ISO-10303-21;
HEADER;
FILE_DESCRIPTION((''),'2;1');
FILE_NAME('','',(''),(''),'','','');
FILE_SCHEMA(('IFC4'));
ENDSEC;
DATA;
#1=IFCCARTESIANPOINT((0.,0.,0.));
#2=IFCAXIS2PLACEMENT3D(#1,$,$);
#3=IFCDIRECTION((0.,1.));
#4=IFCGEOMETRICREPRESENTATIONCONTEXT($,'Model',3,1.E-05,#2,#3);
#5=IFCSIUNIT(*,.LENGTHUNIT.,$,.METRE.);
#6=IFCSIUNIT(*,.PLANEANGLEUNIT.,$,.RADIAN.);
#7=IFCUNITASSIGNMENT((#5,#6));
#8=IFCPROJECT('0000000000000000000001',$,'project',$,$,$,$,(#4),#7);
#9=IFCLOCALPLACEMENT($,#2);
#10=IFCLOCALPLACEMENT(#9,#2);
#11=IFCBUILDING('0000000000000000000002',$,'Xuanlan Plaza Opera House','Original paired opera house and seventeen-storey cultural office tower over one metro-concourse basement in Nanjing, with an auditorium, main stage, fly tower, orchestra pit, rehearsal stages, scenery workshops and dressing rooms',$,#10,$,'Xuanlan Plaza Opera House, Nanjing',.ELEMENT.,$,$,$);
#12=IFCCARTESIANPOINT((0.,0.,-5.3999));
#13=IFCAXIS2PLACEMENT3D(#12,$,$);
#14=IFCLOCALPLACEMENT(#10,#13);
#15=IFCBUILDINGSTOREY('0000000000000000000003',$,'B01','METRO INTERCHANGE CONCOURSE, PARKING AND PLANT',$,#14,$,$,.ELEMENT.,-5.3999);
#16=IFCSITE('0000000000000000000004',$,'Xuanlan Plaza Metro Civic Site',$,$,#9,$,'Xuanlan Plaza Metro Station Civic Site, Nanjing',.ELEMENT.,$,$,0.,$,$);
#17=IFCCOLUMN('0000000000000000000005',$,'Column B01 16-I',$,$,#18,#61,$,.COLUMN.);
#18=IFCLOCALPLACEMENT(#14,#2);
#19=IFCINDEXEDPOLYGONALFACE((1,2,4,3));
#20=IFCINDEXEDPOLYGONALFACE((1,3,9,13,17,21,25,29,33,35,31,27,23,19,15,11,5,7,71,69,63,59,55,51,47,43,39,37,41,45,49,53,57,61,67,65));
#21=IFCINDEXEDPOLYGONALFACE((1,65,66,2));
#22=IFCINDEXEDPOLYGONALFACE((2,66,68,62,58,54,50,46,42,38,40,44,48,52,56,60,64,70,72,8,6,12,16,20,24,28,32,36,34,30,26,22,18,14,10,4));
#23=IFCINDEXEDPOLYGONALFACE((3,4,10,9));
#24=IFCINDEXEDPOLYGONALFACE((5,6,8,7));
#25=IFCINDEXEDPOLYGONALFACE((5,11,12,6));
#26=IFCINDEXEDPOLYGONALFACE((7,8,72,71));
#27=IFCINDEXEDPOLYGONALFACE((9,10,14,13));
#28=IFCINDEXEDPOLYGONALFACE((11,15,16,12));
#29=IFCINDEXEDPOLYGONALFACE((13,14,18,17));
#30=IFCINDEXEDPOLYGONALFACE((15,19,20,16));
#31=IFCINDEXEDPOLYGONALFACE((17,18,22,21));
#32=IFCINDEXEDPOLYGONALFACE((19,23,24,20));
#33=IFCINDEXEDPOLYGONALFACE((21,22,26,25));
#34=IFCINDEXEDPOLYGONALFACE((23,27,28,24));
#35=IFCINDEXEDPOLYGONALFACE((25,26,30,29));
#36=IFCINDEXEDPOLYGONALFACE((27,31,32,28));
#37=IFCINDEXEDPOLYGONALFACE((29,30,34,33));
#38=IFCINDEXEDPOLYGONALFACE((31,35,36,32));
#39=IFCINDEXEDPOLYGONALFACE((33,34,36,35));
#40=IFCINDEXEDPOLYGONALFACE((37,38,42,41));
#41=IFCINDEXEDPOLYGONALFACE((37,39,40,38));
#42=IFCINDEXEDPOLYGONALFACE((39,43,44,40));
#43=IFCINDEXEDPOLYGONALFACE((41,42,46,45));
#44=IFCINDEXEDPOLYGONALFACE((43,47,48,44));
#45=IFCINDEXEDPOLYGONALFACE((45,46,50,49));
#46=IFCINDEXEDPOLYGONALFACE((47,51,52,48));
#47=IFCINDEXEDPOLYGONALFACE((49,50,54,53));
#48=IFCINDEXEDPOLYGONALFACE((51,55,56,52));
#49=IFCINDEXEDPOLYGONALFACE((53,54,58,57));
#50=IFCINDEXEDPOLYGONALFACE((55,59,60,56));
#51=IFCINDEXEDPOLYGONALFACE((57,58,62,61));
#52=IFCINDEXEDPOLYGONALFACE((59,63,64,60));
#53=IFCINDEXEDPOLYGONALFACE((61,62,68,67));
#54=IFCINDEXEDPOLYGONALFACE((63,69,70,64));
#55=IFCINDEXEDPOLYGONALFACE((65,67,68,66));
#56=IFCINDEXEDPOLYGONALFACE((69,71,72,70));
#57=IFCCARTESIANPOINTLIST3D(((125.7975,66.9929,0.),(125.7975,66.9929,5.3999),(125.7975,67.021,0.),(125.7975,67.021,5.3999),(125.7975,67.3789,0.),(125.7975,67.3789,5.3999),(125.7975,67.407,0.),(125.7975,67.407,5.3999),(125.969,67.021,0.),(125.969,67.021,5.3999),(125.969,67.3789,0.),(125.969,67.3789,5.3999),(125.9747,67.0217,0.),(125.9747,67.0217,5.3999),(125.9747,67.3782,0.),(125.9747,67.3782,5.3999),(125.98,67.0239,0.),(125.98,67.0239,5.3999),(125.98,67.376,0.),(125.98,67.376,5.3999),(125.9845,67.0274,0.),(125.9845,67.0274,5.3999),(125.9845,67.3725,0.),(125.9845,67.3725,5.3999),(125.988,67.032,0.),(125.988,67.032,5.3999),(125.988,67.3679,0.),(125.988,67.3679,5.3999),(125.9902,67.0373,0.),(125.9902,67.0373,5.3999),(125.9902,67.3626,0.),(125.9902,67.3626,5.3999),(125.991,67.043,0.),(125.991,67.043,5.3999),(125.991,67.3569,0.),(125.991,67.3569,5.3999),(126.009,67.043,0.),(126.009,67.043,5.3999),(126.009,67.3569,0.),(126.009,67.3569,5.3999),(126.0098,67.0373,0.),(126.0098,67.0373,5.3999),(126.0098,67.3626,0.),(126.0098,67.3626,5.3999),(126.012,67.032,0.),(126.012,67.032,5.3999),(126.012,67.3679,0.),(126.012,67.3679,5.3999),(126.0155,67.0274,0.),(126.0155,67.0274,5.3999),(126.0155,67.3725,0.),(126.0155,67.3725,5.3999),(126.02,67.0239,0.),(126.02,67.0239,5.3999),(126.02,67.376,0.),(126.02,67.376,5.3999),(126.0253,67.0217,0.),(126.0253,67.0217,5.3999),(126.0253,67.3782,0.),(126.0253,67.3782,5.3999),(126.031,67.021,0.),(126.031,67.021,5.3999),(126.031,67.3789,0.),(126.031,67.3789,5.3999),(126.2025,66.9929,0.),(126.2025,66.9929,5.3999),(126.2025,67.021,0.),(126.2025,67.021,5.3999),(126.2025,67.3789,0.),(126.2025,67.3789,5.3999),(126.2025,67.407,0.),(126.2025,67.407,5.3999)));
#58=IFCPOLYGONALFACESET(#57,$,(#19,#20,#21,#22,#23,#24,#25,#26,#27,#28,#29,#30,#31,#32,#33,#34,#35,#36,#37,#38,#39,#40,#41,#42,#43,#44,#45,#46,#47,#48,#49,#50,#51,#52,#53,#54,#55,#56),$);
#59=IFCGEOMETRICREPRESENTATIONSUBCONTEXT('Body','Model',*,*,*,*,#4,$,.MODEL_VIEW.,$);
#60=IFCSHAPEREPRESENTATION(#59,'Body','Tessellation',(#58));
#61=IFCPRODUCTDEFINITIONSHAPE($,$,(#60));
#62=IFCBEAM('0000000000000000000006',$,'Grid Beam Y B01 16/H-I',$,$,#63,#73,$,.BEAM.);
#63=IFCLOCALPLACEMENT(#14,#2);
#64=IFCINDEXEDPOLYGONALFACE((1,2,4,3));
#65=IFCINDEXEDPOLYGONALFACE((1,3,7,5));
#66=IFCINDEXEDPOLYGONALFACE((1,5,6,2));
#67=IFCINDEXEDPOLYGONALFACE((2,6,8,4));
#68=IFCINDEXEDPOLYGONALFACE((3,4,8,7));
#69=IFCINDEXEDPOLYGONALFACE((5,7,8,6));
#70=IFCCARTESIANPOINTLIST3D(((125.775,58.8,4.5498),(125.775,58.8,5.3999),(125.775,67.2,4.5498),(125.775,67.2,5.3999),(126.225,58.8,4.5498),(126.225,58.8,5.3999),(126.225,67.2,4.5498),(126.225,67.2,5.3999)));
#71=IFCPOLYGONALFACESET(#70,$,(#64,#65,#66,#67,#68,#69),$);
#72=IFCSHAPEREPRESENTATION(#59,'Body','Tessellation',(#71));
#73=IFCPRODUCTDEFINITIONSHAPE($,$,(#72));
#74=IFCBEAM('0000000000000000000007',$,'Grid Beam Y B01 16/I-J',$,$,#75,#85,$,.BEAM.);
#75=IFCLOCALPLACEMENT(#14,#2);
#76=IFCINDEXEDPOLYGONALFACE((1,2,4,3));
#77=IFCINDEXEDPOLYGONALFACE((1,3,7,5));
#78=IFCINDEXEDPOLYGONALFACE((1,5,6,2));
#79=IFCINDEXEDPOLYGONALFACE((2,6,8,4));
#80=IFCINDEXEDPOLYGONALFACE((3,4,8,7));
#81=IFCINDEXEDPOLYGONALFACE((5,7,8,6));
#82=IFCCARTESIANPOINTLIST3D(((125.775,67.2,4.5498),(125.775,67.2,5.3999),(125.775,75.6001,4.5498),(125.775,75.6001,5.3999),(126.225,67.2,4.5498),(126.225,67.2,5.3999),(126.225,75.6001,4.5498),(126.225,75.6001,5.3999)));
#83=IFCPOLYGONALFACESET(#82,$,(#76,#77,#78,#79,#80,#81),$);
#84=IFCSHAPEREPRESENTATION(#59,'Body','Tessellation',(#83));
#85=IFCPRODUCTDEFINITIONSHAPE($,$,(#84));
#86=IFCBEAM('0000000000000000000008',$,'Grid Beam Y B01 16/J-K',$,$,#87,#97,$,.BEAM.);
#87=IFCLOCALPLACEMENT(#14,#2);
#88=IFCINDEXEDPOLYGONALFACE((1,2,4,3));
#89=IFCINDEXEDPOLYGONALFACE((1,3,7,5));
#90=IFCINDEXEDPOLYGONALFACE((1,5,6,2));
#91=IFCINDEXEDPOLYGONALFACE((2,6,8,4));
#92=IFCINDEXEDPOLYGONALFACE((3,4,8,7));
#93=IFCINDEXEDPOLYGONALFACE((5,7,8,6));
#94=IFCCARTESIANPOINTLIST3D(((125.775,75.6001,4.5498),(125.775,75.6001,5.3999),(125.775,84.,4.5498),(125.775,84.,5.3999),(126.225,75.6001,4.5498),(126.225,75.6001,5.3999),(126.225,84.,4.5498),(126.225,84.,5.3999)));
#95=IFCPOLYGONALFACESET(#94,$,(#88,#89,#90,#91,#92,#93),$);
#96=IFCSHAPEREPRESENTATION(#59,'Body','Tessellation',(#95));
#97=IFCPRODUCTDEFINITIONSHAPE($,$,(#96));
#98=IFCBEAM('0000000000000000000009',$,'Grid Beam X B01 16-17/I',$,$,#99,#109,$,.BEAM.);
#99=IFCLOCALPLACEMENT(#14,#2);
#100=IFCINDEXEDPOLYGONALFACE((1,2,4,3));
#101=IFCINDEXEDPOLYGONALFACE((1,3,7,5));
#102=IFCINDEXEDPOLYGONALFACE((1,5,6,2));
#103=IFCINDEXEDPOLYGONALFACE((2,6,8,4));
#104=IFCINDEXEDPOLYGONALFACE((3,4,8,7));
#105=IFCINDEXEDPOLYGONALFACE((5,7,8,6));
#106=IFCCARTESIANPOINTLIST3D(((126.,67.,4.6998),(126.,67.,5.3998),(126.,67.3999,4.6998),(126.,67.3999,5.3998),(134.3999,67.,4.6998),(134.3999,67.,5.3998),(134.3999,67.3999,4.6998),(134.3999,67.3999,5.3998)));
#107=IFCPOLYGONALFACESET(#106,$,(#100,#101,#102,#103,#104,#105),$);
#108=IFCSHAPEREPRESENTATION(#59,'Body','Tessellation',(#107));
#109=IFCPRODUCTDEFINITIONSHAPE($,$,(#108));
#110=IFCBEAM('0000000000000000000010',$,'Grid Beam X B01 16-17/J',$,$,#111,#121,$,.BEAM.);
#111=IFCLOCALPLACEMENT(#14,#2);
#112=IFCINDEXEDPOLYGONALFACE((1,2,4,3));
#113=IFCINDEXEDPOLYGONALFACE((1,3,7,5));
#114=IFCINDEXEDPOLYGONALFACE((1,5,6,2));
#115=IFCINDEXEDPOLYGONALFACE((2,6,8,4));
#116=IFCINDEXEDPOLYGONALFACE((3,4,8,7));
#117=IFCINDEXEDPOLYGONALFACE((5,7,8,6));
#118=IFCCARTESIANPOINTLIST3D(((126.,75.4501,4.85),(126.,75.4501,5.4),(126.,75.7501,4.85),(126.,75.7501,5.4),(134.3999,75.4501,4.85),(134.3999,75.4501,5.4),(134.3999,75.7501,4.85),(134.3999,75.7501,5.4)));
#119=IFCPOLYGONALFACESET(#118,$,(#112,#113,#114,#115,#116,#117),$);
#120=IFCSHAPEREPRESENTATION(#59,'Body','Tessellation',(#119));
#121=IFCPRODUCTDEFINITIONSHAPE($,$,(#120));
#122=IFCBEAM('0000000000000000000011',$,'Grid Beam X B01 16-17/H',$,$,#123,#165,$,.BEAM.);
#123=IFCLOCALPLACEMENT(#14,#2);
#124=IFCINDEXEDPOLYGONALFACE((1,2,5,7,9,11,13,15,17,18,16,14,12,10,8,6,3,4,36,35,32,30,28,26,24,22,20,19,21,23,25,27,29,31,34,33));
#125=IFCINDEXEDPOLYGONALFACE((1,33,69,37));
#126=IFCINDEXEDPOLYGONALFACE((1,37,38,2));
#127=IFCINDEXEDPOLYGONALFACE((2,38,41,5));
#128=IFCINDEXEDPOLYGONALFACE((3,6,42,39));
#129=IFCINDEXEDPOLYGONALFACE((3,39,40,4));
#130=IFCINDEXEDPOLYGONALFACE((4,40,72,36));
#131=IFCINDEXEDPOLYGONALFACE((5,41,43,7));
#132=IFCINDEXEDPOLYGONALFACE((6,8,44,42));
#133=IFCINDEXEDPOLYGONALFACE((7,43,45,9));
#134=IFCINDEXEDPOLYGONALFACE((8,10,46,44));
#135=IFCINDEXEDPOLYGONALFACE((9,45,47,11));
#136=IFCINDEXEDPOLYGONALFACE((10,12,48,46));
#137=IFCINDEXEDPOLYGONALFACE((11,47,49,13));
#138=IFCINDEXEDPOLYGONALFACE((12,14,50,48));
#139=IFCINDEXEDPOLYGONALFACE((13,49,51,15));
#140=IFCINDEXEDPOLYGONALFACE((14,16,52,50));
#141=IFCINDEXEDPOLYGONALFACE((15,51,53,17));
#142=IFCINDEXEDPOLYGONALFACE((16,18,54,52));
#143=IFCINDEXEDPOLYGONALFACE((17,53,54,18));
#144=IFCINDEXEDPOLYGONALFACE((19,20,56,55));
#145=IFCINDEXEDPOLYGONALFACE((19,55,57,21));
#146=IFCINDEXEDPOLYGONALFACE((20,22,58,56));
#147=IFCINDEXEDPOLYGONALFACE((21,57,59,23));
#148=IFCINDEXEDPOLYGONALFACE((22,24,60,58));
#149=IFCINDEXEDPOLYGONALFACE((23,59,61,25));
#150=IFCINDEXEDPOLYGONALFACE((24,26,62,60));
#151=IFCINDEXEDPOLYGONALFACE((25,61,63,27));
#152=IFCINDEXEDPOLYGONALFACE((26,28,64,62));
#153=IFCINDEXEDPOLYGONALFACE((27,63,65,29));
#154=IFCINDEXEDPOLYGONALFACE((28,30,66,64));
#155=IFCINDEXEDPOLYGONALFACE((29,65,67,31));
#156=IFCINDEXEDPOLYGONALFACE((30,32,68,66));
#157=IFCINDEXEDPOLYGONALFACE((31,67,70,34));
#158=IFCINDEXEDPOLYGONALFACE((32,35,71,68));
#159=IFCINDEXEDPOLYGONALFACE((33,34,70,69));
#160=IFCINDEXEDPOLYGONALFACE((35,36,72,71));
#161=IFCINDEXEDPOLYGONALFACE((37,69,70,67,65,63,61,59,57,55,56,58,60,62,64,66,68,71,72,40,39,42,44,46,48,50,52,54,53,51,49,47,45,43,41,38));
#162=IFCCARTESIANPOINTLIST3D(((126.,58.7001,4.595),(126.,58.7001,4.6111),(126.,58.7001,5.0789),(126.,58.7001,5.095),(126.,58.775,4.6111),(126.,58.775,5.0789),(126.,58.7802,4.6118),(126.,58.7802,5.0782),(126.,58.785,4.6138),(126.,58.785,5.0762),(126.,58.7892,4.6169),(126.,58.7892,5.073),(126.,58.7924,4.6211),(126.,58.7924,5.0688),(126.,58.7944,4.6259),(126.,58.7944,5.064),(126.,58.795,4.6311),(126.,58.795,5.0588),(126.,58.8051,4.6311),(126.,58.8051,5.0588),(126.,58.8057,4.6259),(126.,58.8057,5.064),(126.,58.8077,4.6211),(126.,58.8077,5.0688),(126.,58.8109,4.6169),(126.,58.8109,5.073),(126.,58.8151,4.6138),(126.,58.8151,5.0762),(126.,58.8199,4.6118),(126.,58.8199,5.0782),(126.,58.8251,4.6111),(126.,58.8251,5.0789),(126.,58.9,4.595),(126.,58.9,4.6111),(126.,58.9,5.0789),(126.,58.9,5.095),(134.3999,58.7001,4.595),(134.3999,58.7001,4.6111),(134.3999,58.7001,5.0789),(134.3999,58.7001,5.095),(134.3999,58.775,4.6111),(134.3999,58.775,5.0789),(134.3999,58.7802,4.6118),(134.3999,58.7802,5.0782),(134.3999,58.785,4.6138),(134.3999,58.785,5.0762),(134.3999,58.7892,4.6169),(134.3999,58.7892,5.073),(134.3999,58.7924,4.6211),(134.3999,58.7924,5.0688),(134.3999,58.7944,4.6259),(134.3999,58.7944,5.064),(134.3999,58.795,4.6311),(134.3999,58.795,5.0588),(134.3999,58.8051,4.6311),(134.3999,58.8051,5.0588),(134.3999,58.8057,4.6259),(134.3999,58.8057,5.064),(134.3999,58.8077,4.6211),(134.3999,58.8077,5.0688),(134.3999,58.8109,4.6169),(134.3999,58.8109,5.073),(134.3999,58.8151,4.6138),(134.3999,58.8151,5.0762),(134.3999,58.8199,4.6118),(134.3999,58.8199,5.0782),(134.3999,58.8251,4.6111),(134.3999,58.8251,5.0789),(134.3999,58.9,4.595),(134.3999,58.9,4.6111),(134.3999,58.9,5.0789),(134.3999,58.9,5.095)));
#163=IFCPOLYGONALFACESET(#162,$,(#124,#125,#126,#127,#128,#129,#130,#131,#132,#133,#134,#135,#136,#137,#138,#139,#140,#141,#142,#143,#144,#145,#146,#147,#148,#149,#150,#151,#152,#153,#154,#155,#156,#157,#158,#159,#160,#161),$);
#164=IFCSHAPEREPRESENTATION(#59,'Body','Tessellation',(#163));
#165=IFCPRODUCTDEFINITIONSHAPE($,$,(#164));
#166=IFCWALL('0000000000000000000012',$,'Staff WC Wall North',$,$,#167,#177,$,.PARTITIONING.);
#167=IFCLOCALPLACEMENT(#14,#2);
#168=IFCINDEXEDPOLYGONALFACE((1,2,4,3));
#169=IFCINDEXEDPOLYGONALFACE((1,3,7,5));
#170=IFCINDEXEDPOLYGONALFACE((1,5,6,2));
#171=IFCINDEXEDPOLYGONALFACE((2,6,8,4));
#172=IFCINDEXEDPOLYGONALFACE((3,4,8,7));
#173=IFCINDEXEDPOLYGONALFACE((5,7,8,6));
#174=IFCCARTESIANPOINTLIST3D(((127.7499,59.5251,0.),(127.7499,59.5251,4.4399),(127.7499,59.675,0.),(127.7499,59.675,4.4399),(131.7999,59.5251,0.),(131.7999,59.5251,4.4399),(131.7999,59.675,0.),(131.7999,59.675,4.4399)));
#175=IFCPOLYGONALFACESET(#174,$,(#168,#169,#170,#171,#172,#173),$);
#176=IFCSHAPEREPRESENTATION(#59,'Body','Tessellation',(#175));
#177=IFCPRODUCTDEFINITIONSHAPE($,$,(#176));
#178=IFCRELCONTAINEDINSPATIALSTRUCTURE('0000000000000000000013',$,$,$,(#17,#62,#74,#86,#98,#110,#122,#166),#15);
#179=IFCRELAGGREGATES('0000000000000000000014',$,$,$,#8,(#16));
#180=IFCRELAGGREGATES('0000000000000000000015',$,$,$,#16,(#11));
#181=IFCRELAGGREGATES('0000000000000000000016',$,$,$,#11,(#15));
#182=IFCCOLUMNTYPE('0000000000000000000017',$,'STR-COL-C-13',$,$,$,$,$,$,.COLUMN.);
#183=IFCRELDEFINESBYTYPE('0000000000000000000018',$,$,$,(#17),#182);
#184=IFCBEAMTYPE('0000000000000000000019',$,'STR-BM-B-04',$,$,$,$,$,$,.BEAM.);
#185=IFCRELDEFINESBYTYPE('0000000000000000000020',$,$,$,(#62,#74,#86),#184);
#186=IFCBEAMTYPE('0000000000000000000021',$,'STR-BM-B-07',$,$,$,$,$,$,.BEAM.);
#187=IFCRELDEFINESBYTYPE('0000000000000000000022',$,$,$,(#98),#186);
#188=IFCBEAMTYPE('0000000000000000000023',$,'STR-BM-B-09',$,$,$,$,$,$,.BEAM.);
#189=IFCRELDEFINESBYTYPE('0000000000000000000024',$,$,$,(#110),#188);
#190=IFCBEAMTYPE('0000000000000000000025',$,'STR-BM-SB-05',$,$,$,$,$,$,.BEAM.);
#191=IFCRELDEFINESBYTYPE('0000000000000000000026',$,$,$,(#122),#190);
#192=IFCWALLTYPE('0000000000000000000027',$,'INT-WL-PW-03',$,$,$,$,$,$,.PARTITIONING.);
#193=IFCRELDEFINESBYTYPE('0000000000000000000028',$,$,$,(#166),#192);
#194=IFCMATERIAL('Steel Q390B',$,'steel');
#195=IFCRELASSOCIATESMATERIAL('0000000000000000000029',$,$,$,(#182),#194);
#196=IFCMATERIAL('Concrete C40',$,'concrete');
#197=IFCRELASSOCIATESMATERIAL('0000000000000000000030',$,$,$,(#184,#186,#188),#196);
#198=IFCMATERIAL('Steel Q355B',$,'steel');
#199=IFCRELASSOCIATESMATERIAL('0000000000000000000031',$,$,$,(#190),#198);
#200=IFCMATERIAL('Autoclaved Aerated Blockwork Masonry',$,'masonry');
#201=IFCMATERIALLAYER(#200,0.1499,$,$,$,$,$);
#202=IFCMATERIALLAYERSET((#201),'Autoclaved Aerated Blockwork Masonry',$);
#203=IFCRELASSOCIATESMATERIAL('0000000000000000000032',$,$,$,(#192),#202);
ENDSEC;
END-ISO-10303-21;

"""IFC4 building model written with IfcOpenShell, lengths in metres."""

from ifc_helpers import new_model, si_unit, direction, frame, frame_2d, origin, origin_2d, place, context, subcontext, project, spatial, rectangle, i_section, extrude, material, layer, layer_set, material_profile, profile_set, type_object, element, save


model = new_model("IFC4")

# Units and contexts
model_context = context("Model", 3, precision=1e-05, world=origin(), true_north=direction((0.0, 1.0)))
body_context = subcontext(model_context, "Body", "Model", "MODEL_VIEW")
ifc_project = project(units=[si_unit("LENGTHUNIT", "METRE"), si_unit("PLANEANGLEUNIT", "RADIAN")], contexts=[model_context])

# Site, building, storey
site_placement = place(None, origin())
site = spatial("IfcSite", under=ifc_project, at=site_placement, Name="Xuanlan Plaza Metro Civic Site", LongName="Xuanlan Plaza Metro Station Civic Site, Nanjing", CompositionType="ELEMENT", RefElevation=0.0)
building_placement = place(site_placement, origin())
building = spatial("IfcBuilding", under=site, at=building_placement, Name="Xuanlan Plaza Opera House", Description="Original paired opera house and seventeen-storey cultural office tower over one metro-concourse basement in Nanjing, with an auditorium, main stage, fly tower, orchestra pit, rehearsal stages, scenery workshops and dressing rooms", LongName="Xuanlan Plaza Opera House, Nanjing", CompositionType="ELEMENT")
storey_placement = place(building_placement, frame((0.0, 0.0, -5.3999)))
storey = spatial("IfcBuildingStorey", under=building, at=storey_placement, Name="B01", Description="METRO INTERCHANGE CONCOURSE, PARKING AND PLANT", CompositionType="ELEMENT", Elevation=-5.3999)

# Shared definitions
ifc_material_1 = material(Name="Concrete C40", Category="concrete")

# Column
ifc_material_2 = material(Name="Steel Q390B", Category="steel")
ifc_material_profile_1 = material_profile(ifc_material_2, i_section(OverallWidth=0.405, OverallDepth=0.4141, WebThickness=0.0181, FlangeThickness=0.0281, FilletRadius=0.022, at=origin_2d()), Name="HW 414x405x18x28")
ifc_profile_set_1 = profile_set([ifc_material_profile_1], Name="Steel Q390B")
column_type_1 = type_object("IfcColumnType", Name="STR-COL-C-13", PredefinedType="COLUMN", material=ifc_profile_set_1)
column_placement = place(storey_placement, frame((126.0, 67.2, 0.0), z_axis=(0.0, 0.0, 1.0), x_axis=(1.0, 0.0, 0.0)))
element("IfcColumn", 1, at=column_placement, inside=storey, type_object=column_type_1, Name="Column B01 16-I", PredefinedType="COLUMN", context=body_context, shape_type="SweptSolid", body=[
    extrude(i_section(OverallWidth=0.405, OverallDepth=0.4141, WebThickness=0.0181, FlangeThickness=0.0281, FilletRadius=0.022, at=origin_2d()), origin(), (0.0, 0.0, 1.0), 5.3999),
])

# Beams
ifc_material_profile_2 = material_profile(ifc_material_1, rectangle(XDim=0.45, YDim=0.8501, at=origin_2d()), Name="RC-BM 450x850")
ifc_profile_set_2 = profile_set([ifc_material_profile_2], Name="Concrete C40")
beam_type_1 = type_object("IfcBeamType", Name="STR-BM-B-04", PredefinedType="BEAM", material=ifc_profile_set_2)
beam_1_placement = place(storey_placement, frame((126.0, 58.8, 4.9749), z_axis=(0.0, 1.0, 0.0), x_axis=(-1.0, 0.0, 0.0)))
element("IfcBeam", 2, at=beam_1_placement, inside=storey, type_object=beam_type_1, Name="Grid Beam Y B01 16/H-I", PredefinedType="BEAM", context=body_context, shape_type="SweptSolid", body=[
    extrude(rectangle(XDim=0.45, YDim=0.8501, at=origin_2d()), origin(), (0.0, 0.0, 1.0), 8.3999),
])
beam_2_placement = place(storey_placement, frame((126.0, 67.2, 4.9749), z_axis=(0.0, 1.0, 0.0), x_axis=(-1.0, 0.0, 0.0)))
element("IfcBeam", 3, at=beam_2_placement, inside=storey, type_object=beam_type_1, Name="Grid Beam Y B01 16/I-J", PredefinedType="BEAM", context=body_context, shape_type="SweptSolid", body=[
    extrude(rectangle(XDim=0.45, YDim=0.8501, at=origin_2d()), origin(), (0.0, 0.0, 1.0), 8.4001),
])
beam_3_placement = place(storey_placement, frame((126.0, 75.6001, 4.9749), z_axis=(0.0, 1.0, 0.0), x_axis=(-1.0, 0.0, 0.0)))
element("IfcBeam", 4, at=beam_3_placement, inside=storey, type_object=beam_type_1, Name="Grid Beam Y B01 16/J-K", PredefinedType="BEAM", context=body_context, shape_type="SweptSolid", body=[
    extrude(rectangle(XDim=0.45, YDim=0.8501, at=origin_2d()), origin(), (0.0, 0.0, 1.0), 8.3999),
])
ifc_material_profile_3 = material_profile(ifc_material_1, rectangle(XDim=0.3999, YDim=0.7, at=origin_2d()), Name="RC-BM 400x700")
ifc_profile_set_3 = profile_set([ifc_material_profile_3], Name="Concrete C40")
beam_type_2 = type_object("IfcBeamType", Name="STR-BM-B-07", PredefinedType="BEAM", material=ifc_profile_set_3)
beam_4_placement = place(storey_placement, frame((126.0, 67.2, 5.0498), z_axis=(1.0, 0.0, 0.0), x_axis=(0.0, 1.0, 0.0)))
element("IfcBeam", 5, at=beam_4_placement, inside=storey, type_object=beam_type_2, Name="Grid Beam X B01 16-17/I", PredefinedType="BEAM", context=body_context, shape_type="SweptSolid", body=[
    extrude(rectangle(XDim=0.3999, YDim=0.7, at=origin_2d()), origin(), (0.0, 0.0, 1.0), 8.3999),
])
ifc_material_profile_4 = material_profile(ifc_material_1, rectangle(XDim=0.3, YDim=0.55, at=origin_2d()), Name="RC-BM 300x550")
ifc_profile_set_4 = profile_set([ifc_material_profile_4], Name="Concrete C40")
beam_type_3 = type_object("IfcBeamType", Name="STR-BM-B-09", PredefinedType="BEAM", material=ifc_profile_set_4)
beam_5_placement = place(storey_placement, frame((126.0, 75.6001, 5.125), z_axis=(1.0, 0.0, 0.0), x_axis=(0.0, 1.0, 0.0)))
element("IfcBeam", 6, at=beam_5_placement, inside=storey, type_object=beam_type_3, Name="Grid Beam X B01 16-17/J", PredefinedType="BEAM", context=body_context, shape_type="SweptSolid", body=[
    extrude(rectangle(XDim=0.3, YDim=0.55, at=origin_2d()), origin(), (0.0, 0.0, 1.0), 8.3999),
])
ifc_material_3 = material(Name="Steel Q355B", Category="steel")
ifc_material_profile_5 = material_profile(ifc_material_3, i_section(OverallWidth=0.2, OverallDepth=0.5, WebThickness=0.01, FlangeThickness=0.0161, FilletRadius=0.02, at=origin_2d()), Name="HN 500x200x10x16")
ifc_profile_set_5 = profile_set([ifc_material_profile_5], Name="Steel Q355B")
beam_type_4 = type_object("IfcBeamType", Name="STR-BM-SB-05", PredefinedType="BEAM", material=ifc_profile_set_5)
beam_6_placement = place(storey_placement, frame((126.0, 58.8, 4.845), z_axis=(1.0, 0.0, 0.0), x_axis=(0.0, 1.0, 0.0)))
element("IfcBeam", 7, at=beam_6_placement, inside=storey, type_object=beam_type_4, Name="Grid Beam X B01 16-17/H", PredefinedType="BEAM", context=body_context, shape_type="SweptSolid", body=[
    extrude(i_section(OverallWidth=0.2, OverallDepth=0.5, WebThickness=0.01, FlangeThickness=0.0161, FilletRadius=0.02, at=origin_2d()), origin(), (0.0, 0.0, 1.0), 8.3999),
])

# Wall
ifc_material_4 = material(Name="Autoclaved Aerated Blockwork Masonry", Category="masonry")
ifc_layer_1 = layer(ifc_material_4, 0.1499)
ifc_layer_set_1 = layer_set([ifc_layer_1], Name="Autoclaved Aerated Blockwork Masonry")
wall_type_1 = type_object("IfcWallType", Name="INT-WL-PW-03", PredefinedType="PARTITIONING", material=ifc_layer_set_1)
wall_1_placement = place(storey_placement, frame((127.75, 59.6001, 0.0), z_axis=(0.0, 0.0, 1.0), x_axis=(1.0, 0.0, 0.0)))
element("IfcWall", 8, at=wall_1_placement, inside=storey, type_object=wall_type_1, Name="Staff WC Wall North", PredefinedType="PARTITIONING", context=body_context, shape_type="SweptSolid", body=[
    extrude(rectangle(XDim=4.05, YDim=0.1499, at=frame_2d((2.0249, 0.0))), origin(), (0.0, 0.0, 1.0), 4.4399),
])

save(model, "model.ifc")
